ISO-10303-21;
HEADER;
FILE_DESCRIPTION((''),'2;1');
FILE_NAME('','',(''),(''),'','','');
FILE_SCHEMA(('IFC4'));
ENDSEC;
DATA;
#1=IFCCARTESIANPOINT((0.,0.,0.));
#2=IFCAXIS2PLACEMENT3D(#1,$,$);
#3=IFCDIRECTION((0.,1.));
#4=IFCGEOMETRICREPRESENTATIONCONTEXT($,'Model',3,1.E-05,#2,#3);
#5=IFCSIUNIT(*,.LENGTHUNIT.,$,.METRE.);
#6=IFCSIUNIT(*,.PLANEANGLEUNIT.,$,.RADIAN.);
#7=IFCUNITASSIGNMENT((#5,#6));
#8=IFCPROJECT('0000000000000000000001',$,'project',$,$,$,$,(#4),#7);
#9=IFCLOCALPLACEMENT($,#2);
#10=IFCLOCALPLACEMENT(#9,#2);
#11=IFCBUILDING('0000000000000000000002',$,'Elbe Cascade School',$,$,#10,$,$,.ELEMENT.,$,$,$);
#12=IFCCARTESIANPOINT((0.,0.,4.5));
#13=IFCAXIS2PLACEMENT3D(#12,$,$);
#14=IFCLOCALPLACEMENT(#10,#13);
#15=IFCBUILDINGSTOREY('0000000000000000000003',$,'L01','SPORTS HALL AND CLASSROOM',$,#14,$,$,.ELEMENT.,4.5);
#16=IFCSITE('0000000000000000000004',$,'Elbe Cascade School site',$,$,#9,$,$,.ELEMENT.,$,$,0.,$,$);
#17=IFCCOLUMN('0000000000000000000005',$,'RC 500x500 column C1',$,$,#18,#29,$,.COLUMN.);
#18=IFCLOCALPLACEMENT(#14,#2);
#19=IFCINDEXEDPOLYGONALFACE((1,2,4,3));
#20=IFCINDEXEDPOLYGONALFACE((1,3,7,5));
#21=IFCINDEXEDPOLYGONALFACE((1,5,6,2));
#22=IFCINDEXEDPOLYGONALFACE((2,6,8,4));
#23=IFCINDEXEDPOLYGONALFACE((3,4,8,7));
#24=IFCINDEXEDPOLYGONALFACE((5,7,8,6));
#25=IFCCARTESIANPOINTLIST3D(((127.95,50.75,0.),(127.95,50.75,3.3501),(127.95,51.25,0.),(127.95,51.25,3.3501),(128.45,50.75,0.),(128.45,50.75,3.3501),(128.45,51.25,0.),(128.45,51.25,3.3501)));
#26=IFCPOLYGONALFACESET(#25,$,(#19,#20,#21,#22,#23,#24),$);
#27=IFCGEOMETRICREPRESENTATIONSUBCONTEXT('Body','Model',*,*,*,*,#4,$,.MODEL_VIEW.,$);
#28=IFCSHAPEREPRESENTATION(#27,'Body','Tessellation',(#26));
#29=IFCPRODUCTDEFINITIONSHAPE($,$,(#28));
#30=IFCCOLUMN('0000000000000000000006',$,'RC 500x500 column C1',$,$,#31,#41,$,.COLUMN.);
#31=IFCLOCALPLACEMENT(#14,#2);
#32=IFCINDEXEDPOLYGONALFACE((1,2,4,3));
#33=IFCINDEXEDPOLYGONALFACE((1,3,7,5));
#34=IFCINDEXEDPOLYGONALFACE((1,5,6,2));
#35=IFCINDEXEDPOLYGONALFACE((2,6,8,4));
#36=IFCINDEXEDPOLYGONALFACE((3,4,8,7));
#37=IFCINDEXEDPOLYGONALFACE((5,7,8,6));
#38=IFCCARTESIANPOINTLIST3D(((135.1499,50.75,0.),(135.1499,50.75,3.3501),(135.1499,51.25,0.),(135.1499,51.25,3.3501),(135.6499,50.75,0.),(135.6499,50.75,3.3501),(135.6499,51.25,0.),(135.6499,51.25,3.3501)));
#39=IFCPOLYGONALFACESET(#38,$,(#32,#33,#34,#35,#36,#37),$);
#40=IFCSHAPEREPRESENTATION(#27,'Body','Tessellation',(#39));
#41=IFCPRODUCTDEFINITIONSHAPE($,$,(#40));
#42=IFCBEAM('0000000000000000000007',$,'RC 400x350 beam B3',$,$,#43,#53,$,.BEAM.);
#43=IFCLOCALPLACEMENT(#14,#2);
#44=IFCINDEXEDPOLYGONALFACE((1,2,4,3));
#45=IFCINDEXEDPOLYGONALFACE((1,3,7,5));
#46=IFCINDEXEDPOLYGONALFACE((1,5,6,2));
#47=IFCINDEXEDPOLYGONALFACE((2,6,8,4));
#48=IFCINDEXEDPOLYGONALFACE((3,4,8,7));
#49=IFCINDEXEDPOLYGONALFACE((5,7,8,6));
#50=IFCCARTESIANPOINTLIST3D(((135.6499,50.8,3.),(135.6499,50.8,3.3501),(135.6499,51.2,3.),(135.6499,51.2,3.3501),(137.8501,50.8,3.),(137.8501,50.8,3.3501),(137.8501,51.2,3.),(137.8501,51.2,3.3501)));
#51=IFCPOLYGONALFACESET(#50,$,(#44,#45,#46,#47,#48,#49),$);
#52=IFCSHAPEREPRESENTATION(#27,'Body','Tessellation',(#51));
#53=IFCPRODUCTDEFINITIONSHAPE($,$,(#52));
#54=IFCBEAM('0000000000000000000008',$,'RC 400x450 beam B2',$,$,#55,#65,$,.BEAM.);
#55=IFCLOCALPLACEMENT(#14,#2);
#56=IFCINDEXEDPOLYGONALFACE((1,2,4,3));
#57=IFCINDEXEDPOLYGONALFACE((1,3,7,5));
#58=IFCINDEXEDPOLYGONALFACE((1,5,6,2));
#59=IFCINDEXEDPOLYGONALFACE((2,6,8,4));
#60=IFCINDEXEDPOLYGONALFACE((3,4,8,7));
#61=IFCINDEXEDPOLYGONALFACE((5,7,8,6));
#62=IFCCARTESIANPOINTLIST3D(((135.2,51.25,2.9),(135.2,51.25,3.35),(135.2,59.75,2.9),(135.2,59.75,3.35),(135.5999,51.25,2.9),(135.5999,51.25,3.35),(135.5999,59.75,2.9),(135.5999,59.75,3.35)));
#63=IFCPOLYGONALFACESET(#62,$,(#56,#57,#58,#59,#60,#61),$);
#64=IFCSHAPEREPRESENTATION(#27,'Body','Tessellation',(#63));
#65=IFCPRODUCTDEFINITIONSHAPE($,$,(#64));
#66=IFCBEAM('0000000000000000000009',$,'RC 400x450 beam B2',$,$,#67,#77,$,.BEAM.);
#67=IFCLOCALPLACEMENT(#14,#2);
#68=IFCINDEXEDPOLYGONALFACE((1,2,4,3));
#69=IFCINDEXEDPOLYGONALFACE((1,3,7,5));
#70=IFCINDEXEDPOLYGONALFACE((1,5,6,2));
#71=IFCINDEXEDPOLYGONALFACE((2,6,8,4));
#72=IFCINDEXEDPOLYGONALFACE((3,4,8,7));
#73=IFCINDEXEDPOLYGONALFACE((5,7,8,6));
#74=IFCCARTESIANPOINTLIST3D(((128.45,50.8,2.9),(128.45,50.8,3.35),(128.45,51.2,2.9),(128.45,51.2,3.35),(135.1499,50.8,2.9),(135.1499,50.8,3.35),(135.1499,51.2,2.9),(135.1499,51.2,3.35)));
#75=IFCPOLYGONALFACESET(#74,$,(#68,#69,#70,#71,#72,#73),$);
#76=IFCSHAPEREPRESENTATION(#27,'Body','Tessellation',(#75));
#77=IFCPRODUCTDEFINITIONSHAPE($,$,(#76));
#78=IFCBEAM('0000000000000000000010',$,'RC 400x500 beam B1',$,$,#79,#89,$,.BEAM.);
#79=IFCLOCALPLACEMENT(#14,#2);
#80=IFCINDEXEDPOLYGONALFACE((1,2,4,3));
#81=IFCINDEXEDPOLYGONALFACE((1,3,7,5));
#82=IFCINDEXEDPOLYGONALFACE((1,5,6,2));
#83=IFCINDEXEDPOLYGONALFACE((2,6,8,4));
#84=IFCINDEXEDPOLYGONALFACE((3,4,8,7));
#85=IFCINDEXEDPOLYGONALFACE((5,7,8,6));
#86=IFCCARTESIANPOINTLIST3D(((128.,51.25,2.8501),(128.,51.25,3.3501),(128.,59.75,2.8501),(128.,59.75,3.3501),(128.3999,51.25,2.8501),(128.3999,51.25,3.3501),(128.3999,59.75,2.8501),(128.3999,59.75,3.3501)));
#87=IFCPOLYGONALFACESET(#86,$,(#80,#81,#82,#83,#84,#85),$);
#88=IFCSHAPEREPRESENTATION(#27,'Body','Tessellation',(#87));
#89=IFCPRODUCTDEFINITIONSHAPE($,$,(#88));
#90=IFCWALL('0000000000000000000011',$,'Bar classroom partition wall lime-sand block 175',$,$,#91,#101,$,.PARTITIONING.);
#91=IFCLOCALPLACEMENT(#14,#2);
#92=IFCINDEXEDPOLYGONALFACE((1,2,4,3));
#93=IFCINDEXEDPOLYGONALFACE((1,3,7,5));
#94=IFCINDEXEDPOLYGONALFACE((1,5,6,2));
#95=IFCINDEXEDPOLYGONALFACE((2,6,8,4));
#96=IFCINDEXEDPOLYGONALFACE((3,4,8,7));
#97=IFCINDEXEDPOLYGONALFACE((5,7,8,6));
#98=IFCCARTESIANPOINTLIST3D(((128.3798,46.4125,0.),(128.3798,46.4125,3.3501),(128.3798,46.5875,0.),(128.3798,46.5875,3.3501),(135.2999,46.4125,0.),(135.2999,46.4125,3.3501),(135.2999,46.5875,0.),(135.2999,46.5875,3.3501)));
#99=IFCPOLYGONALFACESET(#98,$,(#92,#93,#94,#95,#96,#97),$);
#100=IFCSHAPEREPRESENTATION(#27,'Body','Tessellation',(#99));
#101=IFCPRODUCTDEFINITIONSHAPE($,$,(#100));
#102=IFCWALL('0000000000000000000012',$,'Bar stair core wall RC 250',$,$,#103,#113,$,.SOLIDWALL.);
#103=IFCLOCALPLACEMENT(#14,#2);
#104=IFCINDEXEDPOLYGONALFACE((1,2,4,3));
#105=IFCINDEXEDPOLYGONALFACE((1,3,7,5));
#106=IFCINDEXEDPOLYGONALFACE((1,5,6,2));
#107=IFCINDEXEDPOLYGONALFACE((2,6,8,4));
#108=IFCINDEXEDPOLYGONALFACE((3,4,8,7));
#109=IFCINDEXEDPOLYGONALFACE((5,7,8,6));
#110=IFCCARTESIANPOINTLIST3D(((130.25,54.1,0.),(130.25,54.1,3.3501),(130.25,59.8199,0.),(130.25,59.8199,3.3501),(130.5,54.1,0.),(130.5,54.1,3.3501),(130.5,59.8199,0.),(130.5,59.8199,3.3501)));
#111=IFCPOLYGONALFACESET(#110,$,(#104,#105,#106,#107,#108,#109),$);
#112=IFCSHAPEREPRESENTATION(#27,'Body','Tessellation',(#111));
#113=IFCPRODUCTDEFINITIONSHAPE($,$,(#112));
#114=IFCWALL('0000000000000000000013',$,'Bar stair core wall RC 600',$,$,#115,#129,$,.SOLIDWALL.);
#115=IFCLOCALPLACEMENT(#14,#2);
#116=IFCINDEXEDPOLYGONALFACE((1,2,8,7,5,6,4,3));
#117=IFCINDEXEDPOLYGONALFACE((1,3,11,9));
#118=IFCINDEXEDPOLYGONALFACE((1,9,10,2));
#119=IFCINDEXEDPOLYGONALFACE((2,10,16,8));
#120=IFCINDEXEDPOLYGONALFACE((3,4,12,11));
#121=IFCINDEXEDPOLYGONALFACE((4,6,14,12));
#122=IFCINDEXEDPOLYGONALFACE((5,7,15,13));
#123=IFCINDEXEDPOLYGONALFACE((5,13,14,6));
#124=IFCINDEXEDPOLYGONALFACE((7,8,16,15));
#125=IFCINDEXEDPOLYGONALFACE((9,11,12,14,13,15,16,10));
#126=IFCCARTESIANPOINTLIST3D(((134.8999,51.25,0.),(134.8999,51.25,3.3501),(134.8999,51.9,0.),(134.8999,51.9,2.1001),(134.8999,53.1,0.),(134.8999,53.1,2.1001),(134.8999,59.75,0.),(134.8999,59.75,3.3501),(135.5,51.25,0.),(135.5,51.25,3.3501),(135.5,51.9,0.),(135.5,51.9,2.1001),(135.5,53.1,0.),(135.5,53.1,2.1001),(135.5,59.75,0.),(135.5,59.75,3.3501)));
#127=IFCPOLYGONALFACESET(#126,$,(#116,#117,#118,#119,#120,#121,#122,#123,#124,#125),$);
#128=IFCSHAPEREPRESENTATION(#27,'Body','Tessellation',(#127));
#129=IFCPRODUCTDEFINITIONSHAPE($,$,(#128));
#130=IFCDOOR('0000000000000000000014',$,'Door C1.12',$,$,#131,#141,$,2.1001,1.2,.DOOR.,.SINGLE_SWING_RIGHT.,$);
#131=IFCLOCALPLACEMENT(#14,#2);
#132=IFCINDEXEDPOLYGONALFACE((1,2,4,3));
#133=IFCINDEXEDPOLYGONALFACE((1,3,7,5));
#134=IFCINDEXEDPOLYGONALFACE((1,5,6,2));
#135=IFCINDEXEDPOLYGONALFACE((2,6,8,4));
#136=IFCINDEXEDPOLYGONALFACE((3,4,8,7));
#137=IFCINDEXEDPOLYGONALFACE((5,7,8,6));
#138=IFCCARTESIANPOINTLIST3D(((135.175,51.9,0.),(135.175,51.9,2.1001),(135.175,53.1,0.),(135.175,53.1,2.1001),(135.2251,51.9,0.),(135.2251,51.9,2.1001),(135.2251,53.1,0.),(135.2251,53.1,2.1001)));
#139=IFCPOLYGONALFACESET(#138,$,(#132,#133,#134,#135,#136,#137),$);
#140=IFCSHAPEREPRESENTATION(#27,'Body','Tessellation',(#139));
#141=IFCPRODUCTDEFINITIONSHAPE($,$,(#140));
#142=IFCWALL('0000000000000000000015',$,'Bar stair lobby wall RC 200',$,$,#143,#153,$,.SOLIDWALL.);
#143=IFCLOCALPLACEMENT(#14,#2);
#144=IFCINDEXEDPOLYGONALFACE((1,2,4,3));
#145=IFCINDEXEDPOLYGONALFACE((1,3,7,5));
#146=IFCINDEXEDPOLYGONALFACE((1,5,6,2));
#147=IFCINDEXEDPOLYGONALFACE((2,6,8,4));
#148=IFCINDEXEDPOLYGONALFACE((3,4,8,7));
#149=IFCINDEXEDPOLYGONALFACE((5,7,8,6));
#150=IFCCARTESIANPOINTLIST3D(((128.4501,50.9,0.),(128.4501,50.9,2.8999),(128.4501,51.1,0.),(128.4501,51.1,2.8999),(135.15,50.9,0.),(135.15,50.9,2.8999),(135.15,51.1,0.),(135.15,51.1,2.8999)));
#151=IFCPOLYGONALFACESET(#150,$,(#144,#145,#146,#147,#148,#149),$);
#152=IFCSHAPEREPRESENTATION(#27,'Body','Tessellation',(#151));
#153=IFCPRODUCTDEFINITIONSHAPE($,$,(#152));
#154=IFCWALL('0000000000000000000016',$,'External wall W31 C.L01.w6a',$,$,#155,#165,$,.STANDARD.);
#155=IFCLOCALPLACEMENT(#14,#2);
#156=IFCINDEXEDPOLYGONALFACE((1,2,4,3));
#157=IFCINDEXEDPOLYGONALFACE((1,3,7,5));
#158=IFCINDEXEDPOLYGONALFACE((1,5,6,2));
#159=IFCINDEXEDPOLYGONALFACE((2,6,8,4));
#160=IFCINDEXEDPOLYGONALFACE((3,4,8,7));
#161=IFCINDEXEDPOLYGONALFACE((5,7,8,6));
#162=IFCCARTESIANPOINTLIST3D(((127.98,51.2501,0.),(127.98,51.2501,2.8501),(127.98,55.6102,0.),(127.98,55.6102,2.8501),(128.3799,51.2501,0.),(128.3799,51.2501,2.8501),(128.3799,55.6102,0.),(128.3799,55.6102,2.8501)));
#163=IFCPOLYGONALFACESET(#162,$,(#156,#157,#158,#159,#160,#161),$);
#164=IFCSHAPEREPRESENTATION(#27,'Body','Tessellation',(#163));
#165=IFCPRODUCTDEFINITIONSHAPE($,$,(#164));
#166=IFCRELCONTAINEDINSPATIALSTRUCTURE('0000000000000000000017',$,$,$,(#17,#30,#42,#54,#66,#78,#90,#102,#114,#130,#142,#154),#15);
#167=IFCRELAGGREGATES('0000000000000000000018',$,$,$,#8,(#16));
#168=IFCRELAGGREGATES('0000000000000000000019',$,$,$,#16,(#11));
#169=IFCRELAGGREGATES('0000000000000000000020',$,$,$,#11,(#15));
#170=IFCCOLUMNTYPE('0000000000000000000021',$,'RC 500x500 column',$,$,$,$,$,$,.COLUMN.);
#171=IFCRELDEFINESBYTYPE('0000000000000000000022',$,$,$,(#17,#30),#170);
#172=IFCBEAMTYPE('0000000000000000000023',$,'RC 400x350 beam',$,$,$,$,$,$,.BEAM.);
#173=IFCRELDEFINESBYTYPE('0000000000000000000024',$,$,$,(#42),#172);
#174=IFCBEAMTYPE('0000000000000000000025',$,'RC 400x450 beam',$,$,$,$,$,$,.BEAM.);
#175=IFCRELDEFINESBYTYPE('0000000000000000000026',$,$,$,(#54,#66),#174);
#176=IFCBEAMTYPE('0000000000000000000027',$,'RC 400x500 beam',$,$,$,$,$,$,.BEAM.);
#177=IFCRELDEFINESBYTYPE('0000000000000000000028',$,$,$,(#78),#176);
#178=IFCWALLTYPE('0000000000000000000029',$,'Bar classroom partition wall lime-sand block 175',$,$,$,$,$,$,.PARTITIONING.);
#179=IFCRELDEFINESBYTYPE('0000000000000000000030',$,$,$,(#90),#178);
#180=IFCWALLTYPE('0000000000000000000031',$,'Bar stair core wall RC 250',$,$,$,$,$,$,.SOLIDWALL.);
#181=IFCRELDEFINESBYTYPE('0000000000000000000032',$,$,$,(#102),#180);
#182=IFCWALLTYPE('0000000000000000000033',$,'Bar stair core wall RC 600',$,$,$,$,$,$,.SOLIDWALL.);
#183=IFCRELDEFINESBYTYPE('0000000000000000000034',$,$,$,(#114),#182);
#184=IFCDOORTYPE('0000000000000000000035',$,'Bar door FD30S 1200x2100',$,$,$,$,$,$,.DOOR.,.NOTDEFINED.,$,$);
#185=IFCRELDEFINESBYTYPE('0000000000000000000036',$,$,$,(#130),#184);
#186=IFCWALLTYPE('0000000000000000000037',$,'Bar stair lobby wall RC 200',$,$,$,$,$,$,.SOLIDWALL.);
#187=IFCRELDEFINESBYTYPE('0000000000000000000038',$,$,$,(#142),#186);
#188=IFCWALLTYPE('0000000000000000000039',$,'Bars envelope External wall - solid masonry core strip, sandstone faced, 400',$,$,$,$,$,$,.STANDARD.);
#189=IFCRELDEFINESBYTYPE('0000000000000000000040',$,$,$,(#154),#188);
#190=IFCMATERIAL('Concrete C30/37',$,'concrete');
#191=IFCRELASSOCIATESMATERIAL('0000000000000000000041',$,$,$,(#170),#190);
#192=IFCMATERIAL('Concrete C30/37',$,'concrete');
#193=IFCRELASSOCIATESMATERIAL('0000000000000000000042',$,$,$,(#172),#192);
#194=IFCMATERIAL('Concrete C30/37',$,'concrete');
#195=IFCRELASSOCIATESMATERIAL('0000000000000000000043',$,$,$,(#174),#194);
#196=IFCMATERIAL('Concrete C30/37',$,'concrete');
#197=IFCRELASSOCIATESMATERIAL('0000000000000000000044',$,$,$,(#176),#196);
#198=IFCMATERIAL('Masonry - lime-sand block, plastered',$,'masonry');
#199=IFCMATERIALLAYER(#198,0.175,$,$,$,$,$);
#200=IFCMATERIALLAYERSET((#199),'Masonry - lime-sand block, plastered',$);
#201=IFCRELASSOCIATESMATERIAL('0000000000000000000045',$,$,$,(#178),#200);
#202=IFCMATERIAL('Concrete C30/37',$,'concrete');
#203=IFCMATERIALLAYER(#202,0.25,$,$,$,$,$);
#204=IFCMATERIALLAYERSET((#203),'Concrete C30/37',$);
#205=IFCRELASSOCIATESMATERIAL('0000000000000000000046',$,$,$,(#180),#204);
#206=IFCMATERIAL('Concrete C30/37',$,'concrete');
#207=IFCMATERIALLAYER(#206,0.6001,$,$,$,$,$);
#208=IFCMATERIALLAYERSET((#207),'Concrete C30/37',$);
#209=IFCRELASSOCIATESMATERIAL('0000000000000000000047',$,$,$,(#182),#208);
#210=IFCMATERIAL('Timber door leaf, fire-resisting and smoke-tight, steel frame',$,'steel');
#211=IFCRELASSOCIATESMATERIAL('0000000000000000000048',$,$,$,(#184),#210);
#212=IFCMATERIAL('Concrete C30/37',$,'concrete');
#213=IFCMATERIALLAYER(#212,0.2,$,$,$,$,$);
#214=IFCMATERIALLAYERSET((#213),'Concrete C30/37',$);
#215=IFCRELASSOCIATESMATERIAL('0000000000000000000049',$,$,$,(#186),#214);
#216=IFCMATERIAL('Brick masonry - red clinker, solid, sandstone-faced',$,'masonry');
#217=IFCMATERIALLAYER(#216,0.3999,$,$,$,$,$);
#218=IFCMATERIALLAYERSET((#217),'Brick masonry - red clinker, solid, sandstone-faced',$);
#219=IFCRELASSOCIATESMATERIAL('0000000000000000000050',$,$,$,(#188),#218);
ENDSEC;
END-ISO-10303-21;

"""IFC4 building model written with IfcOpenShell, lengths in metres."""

from ifc_helpers import new_model, si_unit, direction, frame, frame_2d, origin, origin_2d, place, context, subcontext, project, spatial, rectangle, extrude, material, layer, layer_set, material_profile, profile_set, type_object, element, fill, save


model = new_model("IFC4")

# Units and contexts
model_context = context("Model", 3, precision=1e-05, world=origin(), true_north=direction((0.0, 1.0)))
body_context = subcontext(model_context, "Body", "Model", "MODEL_VIEW")
ifc_project = project(units=[si_unit("LENGTHUNIT", "METRE"), si_unit("PLANEANGLEUNIT", "RADIAN")], contexts=[model_context])

# Site, building, storey
site_placement = place(None, origin())
site = spatial("IfcSite", under=ifc_project, at=site_placement, Name="Elbe Cascade School site", CompositionType="ELEMENT", RefElevation=0.0)
building_placement = place(site_placement, origin())
building = spatial("IfcBuilding", under=site, at=building_placement, Name="Elbe Cascade School", CompositionType="ELEMENT")
storey_placement = place(building_placement, frame((0.0, 0.0, 4.5)))
storey = spatial("IfcBuildingStorey", under=building, at=storey_placement, Name="L01", Description="SPORTS HALL AND CLASSROOM", CompositionType="ELEMENT", Elevation=4.5)

# Columns
ifc_material_1 = material(Name="Concrete C30/37", Category="concrete")
ifc_material_profile_1 = material_profile(ifc_material_1, rectangle(XDim=0.5, YDim=0.5, at=origin_2d()), Name="RC 500x500")
ifc_profile_set_1 = profile_set([ifc_material_profile_1], Name="Concrete C30/37")
column_type = type_object("IfcColumnType", Name="RC 500x500 column", PredefinedType="COLUMN", material=ifc_profile_set_1)
for number, where, z_axis, x_axis, name in (
    (1, (128.2, 51.0, 0.0), (0.0, 0.0, 1.0), (1.0, 0.0, 0.0), "RC 500x500 column C1"),
    (2, (135.3999, 51.0, 0.0), (0.0, 0.0, 1.0), (1.0, 0.0, 0.0), "RC 500x500 column C1"),
):
    element("IfcColumn", number, at=place(storey_placement, frame(where, z_axis=z_axis, x_axis=x_axis)), inside=storey, type_object=column_type, Name=name, PredefinedType="COLUMN", context=body_context, shape_type="SweptSolid", body=[
        extrude(rectangle(XDim=0.5, YDim=0.5, at=origin_2d()), origin(), (0.0, 0.0, 1.0), 3.3501),
    ])

# Beams
ifc_material_2 = material(Name="Concrete C30/37", Category="concrete")
ifc_material_profile_2 = material_profile(ifc_material_2, rectangle(XDim=0.3999, YDim=0.3501, at=origin_2d()), Name="RC 400x350")
ifc_profile_set_2 = profile_set([ifc_material_profile_2], Name="Concrete C30/37")
beam_type_1 = type_object("IfcBeamType", Name="RC 400x350 beam", PredefinedType="BEAM", material=ifc_profile_set_2)
beam_1_placement = place(storey_placement, frame((135.6499, 51.0, 3.175), z_axis=(1.0, 0.0, 0.0), x_axis=(0.0, 1.0, 0.0)))
element("IfcBeam", 3, at=beam_1_placement, inside=storey, type_object=beam_type_1, Name="RC 400x350 beam B3", PredefinedType="BEAM", context=body_context, shape_type="SweptSolid", body=[
    extrude(rectangle(XDim=0.3999, YDim=0.3501, at=origin_2d()), origin(), (0.0, 0.0, 1.0), 2.2002),
])
ifc_material_3 = material(Name="Concrete C30/37", Category="concrete")
ifc_material_profile_3 = material_profile(ifc_material_3, rectangle(XDim=0.3999, YDim=0.45, at=origin_2d()), Name="RC 400x450")
ifc_profile_set_3 = profile_set([ifc_material_profile_3], Name="Concrete C30/37")
beam_type_2 = type_object("IfcBeamType", Name="RC 400x450 beam", PredefinedType="BEAM", material=ifc_profile_set_3)
beam_2_placement = place(storey_placement, frame((135.3999, 51.25, 3.125), z_axis=(0.0, 1.0, 0.0), x_axis=(-1.0, 0.0, 0.0)))
element("IfcBeam", 4, at=beam_2_placement, inside=storey, type_object=beam_type_2, Name="RC 400x450 beam B2", PredefinedType="BEAM", context=body_context, shape_type="SweptSolid", body=[
    extrude(rectangle(XDim=0.3999, YDim=0.45, at=origin_2d()), origin(), (0.0, 0.0, 1.0), 8.5),
])
beam_3_placement = place(storey_placement, frame((128.45, 51.0, 3.125), z_axis=(1.0, 0.0, 0.0), x_axis=(0.0, 1.0, 0.0)))
element("IfcBeam", 5, at=beam_3_placement, inside=storey, type_object=beam_type_2, Name="RC 400x450 beam B2", PredefinedType="BEAM", context=body_context, shape_type="SweptSolid", body=[
    extrude(rectangle(XDim=0.3999, YDim=0.45, at=origin_2d()), origin(), (0.0, 0.0, 1.0), 6.7),
])
ifc_material_4 = material(Name="Concrete C30/37", Category="concrete")
ifc_material_profile_4 = material_profile(ifc_material_4, rectangle(XDim=0.3999, YDim=0.5, at=origin_2d()), Name="RC 400x500")
ifc_profile_set_4 = profile_set([ifc_material_profile_4], Name="Concrete C30/37")
beam_type_3 = type_object("IfcBeamType", Name="RC 400x500 beam", PredefinedType="BEAM", material=ifc_profile_set_4)
beam_4_placement = place(storey_placement, frame((128.2, 51.25, 3.1001), z_axis=(0.0, 1.0, 0.0), x_axis=(-1.0, 0.0, 0.0)))
element("IfcBeam", 6, at=beam_4_placement, inside=storey, type_object=beam_type_3, Name="RC 400x500 beam B1", PredefinedType="BEAM", context=body_context, shape_type="SweptSolid", body=[
    extrude(rectangle(XDim=0.3999, YDim=0.5, at=origin_2d()), origin(), (0.0, 0.0, 1.0), 8.5),
])

# Walls
ifc_material_5 = material(Name="Masonry - lime-sand block, plastered", Category="masonry")
ifc_layer_1 = layer(ifc_material_5, 0.175)
ifc_layer_set_1 = layer_set([ifc_layer_1], Name="Masonry - lime-sand block, plastered")
wall_type_1 = type_object("IfcWallType", Name="Bar classroom partition wall lime-sand block 175", PredefinedType="PARTITIONING", material=ifc_layer_set_1)
wall_1_placement = place(storey_placement, frame((128.3799, 46.5, 0.0), z_axis=(0.0, 0.0, 1.0), x_axis=(1.0, 0.0, 0.0)))
element("IfcWall", 7, at=wall_1_placement, inside=storey, type_object=wall_type_1, Name="Bar classroom partition wall lime-sand block 175", PredefinedType="PARTITIONING", context=body_context, shape_type="SweptSolid", body=[
    extrude(rectangle(XDim=6.9202, YDim=0.175, at=frame_2d((3.46, 0.0))), origin(), (0.0, 0.0, 1.0), 3.3501),
])
ifc_material_6 = material(Name="Concrete C30/37", Category="concrete")
ifc_layer_2 = layer(ifc_material_6, 0.25)
ifc_layer_set_2 = layer_set([ifc_layer_2], Name="Concrete C30/37")
wall_type_2 = type_object("IfcWallType", Name="Bar stair core wall RC 250", PredefinedType="SOLIDWALL", material=ifc_layer_set_2)
wall_2_placement = place(storey_placement, frame((130.375, 54.1001, 0.0), z_axis=(0.0, 0.0, 1.0), x_axis=(0.0, 1.0, 0.0)))
element("IfcWall", 8, at=wall_2_placement, inside=storey, type_object=wall_type_2, Name="Bar stair core wall RC 250", PredefinedType="SOLIDWALL", context=body_context, shape_type="SweptSolid", body=[
    extrude(rectangle(XDim=5.72, YDim=0.25, at=frame_2d((2.8599, 0.0))), origin(), (0.0, 0.0, 1.0), 3.3501),
])

# Wall, opening, door
ifc_material_7 = material(Name="Concrete C30/37", Category="concrete")
ifc_layer_3 = layer(ifc_material_7, 0.6001)
ifc_layer_set_3 = layer_set([ifc_layer_3], Name="Concrete C30/37")
wall_type_3 = type_object("IfcWallType", Name="Bar stair core wall RC 600", PredefinedType="SOLIDWALL", material=ifc_layer_set_3)
wall_3_placement = place(storey_placement, frame((135.2, 51.25, 0.0), z_axis=(0.0, 0.0, 1.0), x_axis=(0.0, 1.0, 0.0)))
wall_3 = element("IfcWall", 9, at=wall_3_placement, inside=storey, type_object=wall_type_3, Name="Bar stair core wall RC 600", PredefinedType="SOLIDWALL", context=body_context, shape_type="SweptSolid", body=[
    extrude(rectangle(XDim=8.5, YDim=0.6001, at=frame_2d((4.25, 0.0))), origin(), (0.0, 0.0, 1.0), 3.3501),
])
opening_placement = place(wall_3_placement, frame((0.6499, 0.0, 0.0)))
opening = element("IfcOpeningElement", 10, at=opening_placement, cuts=wall_3, PredefinedType="OPENING", context=body_context, shape_type="SweptSolid", body=[
    extrude(rectangle(XDim=1.2, YDim=2.1001, at=frame_2d((0.6001, 1.05))), frame((0.0, 0.3101, 0.0), z_axis=(0.0, -1.0, 0.0), x_axis=(1.0, 0.0, 0.0)), (0.0, 0.0, 1.0), 0.6201),
])
ifc_material_8 = material(Name="Timber door leaf, fire-resisting and smoke-tight, steel frame", Category="steel")
door_type = type_object("IfcDoorType", Name="Bar door FD30S 1200x2100", OperationType="NOTDEFINED", PredefinedType="DOOR", material=ifc_material_8)
door_placement = place(opening_placement, origin())
door = element("IfcDoor", 11, at=door_placement, inside=storey, type_object=door_type, Name="Door C1.12", OperationType="SINGLE_SWING_RIGHT", OverallHeight=2.1001, OverallWidth=1.2, PredefinedType="DOOR", context=body_context, shape_type="SweptSolid", body=[
    extrude(rectangle(XDim=1.2, YDim=2.1001, at=frame_2d((0.6001, 1.05))), frame((0.0, 0.0249, 0.0), z_axis=(0.0, -1.0, 0.0), x_axis=(1.0, 0.0, 0.0)), (0.0, 0.0, 1.0), 0.05),
])
fill(opening, door)

# Walls
ifc_material_9 = material(Name="Concrete C30/37", Category="concrete")
ifc_layer_4 = layer(ifc_material_9, 0.2)
ifc_layer_set_4 = layer_set([ifc_layer_4], Name="Concrete C30/37")
wall_type_4 = type_object("IfcWallType", Name="Bar stair lobby wall RC 200", PredefinedType="SOLIDWALL", material=ifc_layer_set_4)
wall_4_placement = place(storey_placement, frame((128.45, 51.0, 0.0), z_axis=(0.0, 0.0, 1.0), x_axis=(1.0, 0.0, 0.0)))
element("IfcWall", 12, at=wall_4_placement, inside=storey, type_object=wall_type_4, Name="Bar stair lobby wall RC 200", PredefinedType="SOLIDWALL", context=body_context, shape_type="SweptSolid", body=[
    extrude(rectangle(XDim=6.7, YDim=0.2, at=frame_2d((3.3501, 0.0))), origin(), (0.0, 0.0, 1.0), 2.8999),
])
ifc_material_10 = material(Name="Brick masonry - red clinker, solid, sandstone-faced", Category="masonry")
ifc_layer_5 = layer(ifc_material_10, 0.3999)
ifc_layer_set_5 = layer_set([ifc_layer_5], Name="Brick masonry - red clinker, solid, sandstone-faced")
wall_type_5 = type_object("IfcWallType", Name="Bars envelope External wall - solid masonry core strip, sandstone faced, 400", PredefinedType="STANDARD", material=ifc_layer_set_5)
wall_5_placement = place(storey_placement, frame((128.1799, 51.25, 0.0), z_axis=(0.0, 0.0, 1.0), x_axis=(0.0, 1.0, 0.0)))
element("IfcWall", 13, at=wall_5_placement, inside=storey, type_object=wall_type_5, Name="External wall W31 C.L01.w6a", PredefinedType="STANDARD", context=body_context, shape_type="SweptSolid", body=[
    extrude(rectangle(XDim=4.3601, YDim=0.3999, at=frame_2d((2.1802, 0.0))), origin(), (0.0, 0.0, 1.0), 2.8501),
])

save(model, "model.ifc")
